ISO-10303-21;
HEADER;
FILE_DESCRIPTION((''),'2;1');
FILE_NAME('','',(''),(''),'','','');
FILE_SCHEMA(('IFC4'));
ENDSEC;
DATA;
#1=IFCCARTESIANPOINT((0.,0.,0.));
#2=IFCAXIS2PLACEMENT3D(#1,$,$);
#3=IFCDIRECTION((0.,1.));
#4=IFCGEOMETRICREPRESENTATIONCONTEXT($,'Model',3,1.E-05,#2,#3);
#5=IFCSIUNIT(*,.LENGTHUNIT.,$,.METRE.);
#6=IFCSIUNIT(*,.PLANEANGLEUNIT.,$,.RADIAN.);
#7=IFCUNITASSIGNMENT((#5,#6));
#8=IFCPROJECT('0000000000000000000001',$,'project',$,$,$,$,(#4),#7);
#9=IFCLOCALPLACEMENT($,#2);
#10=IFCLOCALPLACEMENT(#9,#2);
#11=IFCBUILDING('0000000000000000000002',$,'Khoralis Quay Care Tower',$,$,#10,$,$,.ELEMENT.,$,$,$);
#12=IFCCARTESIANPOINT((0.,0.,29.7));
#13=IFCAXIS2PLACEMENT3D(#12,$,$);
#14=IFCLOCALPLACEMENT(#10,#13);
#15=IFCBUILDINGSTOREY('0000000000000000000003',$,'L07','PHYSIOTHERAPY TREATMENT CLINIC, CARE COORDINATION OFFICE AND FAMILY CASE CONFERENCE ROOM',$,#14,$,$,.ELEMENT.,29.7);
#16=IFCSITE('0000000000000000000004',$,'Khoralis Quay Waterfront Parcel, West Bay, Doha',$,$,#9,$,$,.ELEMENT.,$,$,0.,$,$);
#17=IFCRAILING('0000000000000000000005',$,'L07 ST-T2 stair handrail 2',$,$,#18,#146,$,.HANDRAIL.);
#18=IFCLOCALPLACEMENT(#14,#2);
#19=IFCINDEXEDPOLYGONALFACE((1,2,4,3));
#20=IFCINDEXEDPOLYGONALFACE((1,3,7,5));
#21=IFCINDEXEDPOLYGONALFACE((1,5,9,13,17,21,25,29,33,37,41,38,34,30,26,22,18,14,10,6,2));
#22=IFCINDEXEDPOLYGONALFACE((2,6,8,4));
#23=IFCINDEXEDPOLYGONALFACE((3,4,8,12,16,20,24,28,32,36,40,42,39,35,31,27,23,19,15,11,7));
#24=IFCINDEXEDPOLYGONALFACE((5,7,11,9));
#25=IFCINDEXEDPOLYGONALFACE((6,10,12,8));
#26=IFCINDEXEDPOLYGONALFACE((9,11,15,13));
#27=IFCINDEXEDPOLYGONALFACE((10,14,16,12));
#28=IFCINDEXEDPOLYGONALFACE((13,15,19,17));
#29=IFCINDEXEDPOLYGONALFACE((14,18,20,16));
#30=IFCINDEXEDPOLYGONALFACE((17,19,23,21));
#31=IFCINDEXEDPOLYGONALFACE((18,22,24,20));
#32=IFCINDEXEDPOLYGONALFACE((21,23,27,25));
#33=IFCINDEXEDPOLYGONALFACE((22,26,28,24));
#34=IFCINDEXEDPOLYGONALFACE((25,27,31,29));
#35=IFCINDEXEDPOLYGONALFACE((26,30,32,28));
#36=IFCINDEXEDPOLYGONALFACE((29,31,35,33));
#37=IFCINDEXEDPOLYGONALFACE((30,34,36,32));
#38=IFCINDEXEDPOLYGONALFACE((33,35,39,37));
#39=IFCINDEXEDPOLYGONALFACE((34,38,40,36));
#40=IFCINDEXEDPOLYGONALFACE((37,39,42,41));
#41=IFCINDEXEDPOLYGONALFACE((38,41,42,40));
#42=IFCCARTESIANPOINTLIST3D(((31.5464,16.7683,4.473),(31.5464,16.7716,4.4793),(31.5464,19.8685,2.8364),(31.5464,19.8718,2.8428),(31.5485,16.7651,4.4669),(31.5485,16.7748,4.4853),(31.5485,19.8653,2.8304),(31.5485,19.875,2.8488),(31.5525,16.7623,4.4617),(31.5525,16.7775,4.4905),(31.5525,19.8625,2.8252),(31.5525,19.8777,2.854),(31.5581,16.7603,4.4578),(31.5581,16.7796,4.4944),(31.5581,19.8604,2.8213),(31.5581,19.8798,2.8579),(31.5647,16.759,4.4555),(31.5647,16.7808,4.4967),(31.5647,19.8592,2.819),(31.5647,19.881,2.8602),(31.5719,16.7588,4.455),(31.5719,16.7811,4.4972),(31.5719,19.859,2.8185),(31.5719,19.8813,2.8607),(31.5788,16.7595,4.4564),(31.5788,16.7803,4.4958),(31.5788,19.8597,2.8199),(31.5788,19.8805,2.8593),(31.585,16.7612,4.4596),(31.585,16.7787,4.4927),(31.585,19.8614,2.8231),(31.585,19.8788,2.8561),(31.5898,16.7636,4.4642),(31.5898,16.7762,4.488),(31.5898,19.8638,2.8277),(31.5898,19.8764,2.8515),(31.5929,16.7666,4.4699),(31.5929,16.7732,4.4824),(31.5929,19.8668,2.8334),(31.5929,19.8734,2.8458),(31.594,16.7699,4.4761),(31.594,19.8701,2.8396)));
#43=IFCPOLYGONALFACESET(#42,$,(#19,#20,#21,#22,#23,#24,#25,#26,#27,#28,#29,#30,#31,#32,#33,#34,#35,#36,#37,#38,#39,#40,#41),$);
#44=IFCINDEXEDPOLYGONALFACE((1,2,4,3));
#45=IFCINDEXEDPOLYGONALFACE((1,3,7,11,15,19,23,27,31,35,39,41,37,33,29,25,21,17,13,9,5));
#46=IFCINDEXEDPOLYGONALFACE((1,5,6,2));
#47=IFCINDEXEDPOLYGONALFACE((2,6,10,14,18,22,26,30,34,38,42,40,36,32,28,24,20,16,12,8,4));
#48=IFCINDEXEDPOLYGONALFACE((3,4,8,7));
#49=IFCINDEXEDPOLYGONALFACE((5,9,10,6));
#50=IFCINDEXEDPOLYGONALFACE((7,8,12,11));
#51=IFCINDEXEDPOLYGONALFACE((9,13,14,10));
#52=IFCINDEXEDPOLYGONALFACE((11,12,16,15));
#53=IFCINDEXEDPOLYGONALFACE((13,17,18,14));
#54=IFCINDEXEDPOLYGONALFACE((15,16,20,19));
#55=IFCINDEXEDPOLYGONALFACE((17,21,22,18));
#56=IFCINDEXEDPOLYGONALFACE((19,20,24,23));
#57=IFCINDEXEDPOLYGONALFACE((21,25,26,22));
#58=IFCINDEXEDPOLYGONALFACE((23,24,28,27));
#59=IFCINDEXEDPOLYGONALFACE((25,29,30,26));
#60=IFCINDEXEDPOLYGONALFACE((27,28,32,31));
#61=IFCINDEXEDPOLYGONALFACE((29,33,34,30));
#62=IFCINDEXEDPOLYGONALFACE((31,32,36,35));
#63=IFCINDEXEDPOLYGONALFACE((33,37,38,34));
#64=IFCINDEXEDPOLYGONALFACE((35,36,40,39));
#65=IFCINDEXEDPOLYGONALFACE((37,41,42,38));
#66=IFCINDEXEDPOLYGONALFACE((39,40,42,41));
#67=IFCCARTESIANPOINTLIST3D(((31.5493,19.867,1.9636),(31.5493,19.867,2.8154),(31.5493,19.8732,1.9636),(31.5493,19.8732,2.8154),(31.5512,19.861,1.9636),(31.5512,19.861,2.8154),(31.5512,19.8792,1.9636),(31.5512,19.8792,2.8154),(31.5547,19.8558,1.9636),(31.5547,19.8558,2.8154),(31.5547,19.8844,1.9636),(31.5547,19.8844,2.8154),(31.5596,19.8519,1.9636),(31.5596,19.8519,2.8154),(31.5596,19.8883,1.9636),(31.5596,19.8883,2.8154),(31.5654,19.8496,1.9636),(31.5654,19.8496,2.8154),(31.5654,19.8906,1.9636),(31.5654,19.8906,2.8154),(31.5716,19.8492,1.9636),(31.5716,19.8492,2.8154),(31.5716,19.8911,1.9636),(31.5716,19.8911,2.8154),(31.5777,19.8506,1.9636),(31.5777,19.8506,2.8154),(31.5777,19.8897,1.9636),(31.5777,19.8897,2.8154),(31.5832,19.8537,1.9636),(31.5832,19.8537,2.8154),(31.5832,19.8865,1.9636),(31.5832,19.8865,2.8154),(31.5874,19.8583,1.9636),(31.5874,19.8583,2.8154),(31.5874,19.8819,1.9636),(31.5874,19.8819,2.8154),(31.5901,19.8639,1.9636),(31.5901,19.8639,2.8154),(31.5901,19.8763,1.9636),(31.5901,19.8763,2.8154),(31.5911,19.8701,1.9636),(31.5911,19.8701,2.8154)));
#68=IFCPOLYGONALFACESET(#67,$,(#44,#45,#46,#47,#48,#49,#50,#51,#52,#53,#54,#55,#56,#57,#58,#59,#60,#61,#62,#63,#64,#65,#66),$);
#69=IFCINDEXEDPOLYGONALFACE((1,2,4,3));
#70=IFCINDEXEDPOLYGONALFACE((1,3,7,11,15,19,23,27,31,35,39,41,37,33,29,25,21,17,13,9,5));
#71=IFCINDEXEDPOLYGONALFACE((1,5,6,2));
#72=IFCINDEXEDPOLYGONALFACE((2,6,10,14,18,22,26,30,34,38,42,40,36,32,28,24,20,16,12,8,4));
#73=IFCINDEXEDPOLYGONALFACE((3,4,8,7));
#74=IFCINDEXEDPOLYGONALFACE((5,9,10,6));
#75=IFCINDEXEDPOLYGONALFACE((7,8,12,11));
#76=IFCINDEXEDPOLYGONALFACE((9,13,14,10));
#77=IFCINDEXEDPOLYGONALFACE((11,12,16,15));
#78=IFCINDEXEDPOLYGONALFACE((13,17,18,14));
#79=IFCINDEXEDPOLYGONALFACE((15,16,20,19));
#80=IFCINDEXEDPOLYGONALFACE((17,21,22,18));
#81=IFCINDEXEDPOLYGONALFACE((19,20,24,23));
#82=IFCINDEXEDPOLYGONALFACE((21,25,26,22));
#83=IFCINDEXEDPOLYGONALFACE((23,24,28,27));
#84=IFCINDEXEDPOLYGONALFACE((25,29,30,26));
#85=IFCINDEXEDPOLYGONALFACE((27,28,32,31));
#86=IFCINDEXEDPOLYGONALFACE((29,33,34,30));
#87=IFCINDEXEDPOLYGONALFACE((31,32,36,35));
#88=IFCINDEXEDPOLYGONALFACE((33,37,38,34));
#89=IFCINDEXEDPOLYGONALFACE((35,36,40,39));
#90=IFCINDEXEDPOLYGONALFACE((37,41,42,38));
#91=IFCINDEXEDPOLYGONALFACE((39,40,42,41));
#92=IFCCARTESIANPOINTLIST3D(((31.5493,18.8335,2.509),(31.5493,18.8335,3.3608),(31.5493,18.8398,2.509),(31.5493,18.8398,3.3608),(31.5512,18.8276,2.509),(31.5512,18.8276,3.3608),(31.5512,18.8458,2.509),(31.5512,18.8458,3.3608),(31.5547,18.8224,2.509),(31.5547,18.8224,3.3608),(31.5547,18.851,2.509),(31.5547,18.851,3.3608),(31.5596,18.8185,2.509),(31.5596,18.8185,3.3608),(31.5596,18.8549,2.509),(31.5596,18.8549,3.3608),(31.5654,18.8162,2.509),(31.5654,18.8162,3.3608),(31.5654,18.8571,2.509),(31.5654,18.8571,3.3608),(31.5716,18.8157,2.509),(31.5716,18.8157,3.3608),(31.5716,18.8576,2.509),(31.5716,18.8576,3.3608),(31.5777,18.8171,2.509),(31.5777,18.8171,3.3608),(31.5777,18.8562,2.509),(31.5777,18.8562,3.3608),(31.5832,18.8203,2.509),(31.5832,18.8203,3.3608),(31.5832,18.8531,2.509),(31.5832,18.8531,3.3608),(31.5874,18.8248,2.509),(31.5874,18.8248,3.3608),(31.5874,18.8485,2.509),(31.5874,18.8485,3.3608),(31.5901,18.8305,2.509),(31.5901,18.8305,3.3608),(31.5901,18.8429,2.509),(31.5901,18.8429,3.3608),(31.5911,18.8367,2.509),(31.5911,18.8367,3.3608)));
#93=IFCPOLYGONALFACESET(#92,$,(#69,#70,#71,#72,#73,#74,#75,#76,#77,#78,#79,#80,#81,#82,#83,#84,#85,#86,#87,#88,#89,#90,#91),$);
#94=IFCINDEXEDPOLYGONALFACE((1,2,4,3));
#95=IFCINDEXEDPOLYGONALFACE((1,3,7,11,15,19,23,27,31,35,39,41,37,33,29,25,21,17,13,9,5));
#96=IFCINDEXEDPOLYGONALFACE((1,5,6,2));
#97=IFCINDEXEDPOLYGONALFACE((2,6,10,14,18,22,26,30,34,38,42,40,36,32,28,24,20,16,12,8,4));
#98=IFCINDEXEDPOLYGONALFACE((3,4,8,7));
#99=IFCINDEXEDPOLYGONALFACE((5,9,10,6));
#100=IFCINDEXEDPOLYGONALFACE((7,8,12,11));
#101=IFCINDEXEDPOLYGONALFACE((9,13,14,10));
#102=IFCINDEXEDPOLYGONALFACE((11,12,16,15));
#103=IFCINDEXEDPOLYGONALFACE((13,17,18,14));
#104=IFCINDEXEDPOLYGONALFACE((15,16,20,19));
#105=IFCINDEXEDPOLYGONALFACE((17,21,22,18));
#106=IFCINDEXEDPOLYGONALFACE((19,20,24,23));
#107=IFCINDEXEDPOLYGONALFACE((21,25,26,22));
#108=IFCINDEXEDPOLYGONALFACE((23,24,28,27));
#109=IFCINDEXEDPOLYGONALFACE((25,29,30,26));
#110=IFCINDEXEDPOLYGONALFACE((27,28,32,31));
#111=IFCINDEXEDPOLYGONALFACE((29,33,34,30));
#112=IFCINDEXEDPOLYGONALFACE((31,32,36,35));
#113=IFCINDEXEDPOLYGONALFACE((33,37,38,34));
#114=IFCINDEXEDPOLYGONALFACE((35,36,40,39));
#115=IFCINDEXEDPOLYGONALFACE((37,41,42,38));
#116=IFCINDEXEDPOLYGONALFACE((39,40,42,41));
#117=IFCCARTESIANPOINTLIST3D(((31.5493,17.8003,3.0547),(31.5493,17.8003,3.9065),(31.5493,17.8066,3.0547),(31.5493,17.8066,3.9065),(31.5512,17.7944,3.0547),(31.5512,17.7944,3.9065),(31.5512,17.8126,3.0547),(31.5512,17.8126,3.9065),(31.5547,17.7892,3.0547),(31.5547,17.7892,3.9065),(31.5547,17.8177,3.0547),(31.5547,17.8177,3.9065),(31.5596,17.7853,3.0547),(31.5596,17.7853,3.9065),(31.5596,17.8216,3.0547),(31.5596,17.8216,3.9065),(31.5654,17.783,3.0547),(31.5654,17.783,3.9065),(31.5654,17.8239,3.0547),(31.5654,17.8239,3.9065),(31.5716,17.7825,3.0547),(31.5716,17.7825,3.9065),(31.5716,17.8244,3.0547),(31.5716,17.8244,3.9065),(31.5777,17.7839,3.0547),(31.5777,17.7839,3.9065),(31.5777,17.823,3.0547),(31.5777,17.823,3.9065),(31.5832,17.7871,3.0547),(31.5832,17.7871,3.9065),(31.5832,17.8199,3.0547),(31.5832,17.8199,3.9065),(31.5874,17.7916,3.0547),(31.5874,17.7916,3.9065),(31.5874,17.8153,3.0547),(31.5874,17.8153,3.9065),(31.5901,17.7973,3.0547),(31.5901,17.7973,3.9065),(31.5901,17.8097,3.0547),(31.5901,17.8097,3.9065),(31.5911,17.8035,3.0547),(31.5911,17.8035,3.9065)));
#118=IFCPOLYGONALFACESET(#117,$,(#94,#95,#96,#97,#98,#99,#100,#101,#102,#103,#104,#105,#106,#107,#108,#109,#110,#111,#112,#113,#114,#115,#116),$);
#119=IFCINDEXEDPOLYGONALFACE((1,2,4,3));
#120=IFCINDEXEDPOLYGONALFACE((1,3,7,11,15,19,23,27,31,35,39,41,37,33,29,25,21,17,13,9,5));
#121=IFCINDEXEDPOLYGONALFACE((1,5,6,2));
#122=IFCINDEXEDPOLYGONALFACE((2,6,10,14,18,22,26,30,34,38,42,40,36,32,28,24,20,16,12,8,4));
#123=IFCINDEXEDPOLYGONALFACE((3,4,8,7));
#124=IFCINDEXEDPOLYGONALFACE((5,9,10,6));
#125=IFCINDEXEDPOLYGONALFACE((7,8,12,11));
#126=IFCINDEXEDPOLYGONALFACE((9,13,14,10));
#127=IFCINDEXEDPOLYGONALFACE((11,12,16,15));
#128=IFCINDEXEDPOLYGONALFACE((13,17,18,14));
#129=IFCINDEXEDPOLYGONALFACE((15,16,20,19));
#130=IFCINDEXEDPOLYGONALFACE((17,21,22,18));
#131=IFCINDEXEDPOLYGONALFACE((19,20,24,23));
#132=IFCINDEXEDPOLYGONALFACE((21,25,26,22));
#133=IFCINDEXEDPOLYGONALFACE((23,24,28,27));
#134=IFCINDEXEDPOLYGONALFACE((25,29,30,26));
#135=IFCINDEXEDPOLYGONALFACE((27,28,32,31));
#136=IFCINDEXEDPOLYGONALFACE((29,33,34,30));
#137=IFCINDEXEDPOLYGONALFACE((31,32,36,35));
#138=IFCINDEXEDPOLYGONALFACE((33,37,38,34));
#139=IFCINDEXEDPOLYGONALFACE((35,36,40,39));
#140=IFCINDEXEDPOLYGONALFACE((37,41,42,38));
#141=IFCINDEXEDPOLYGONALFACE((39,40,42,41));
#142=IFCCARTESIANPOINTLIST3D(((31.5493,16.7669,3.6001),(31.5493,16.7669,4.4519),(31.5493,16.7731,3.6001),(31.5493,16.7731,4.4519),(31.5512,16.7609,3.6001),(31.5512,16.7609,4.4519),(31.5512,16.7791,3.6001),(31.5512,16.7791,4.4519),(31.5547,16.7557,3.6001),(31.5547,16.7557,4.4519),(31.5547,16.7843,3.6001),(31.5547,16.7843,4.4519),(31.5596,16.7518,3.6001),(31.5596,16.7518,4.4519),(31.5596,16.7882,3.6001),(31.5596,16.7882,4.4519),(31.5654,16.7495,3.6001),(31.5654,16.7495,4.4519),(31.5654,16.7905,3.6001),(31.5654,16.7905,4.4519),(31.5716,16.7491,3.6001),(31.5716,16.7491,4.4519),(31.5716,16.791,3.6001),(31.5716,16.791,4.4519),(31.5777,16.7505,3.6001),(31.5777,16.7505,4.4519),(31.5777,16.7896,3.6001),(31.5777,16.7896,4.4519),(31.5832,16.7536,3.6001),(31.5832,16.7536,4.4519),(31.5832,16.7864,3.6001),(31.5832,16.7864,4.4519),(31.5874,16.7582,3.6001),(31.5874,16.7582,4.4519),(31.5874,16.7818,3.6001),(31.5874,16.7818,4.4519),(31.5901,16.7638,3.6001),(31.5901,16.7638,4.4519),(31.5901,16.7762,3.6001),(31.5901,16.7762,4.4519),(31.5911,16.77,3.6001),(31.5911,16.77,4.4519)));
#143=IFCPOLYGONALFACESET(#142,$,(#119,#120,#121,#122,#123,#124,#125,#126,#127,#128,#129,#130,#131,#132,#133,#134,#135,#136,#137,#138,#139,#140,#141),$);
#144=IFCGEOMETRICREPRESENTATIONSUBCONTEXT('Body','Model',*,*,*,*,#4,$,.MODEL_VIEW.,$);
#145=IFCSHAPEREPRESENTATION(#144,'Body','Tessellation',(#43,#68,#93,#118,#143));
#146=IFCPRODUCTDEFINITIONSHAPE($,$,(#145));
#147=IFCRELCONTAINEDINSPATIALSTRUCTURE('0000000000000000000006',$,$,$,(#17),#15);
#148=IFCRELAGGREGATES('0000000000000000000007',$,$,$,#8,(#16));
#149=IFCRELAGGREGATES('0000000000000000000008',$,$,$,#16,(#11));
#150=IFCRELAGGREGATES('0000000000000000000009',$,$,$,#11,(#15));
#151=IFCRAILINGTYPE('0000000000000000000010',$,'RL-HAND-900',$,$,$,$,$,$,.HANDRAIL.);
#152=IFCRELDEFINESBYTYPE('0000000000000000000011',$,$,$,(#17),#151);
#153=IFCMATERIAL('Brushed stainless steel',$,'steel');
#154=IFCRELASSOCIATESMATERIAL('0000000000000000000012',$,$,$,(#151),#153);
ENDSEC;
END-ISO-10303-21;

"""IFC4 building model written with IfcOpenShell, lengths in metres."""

from ifc_helpers import new_model, si_unit, direction, frame, origin, origin_2d, place, context, subcontext, project, spatial, circle, extrude, material, type_object, element, save


model = new_model("IFC4")

# Units and contexts
model_context = context("Model", 3, precision=1e-05, world=origin(), true_north=direction((0.0, 1.0)))
body_context = subcontext(model_context, "Body", "Model", "MODEL_VIEW")
ifc_project = project(units=[si_unit("LENGTHUNIT", "METRE"), si_unit("PLANEANGLEUNIT", "RADIAN")], contexts=[model_context])

# Site, building, storey
site_placement = place(None, origin())
site = spatial("IfcSite", under=ifc_project, at=site_placement, Name="Khoralis Quay Waterfront Parcel, West Bay, Doha", CompositionType="ELEMENT", RefElevation=0.0)
building_placement = place(site_placement, origin())
building = spatial("IfcBuilding", under=site, at=building_placement, Name="Khoralis Quay Care Tower", CompositionType="ELEMENT")
storey_placement = place(building_placement, frame((0.0, 0.0, 29.7)))
storey = spatial("IfcBuildingStorey", under=building, at=storey_placement, Name="L07", Description="PHYSIOTHERAPY TREATMENT CLINIC, CARE COORDINATION OFFICE AND FAMILY CASE CONFERENCE ROOM", CompositionType="ELEMENT", Elevation=29.7)

# Shared definitions
ifc_material_1 = material(Name="Brushed stainless steel", Category="steel")

# Railing
railing_type_1 = type_object("IfcRailingType", Name="RL-HAND-900", PredefinedType="HANDRAIL", material=ifc_material_1)
railing_1_placement = place(storey_placement, frame((31.5701, 19.8701, 1.9636)))
element("IfcRailing", 1, at=railing_1_placement, inside=storey, type_object=railing_type_1, Name="L07 ST-T2 stair handrail 2", PredefinedType="HANDRAIL", context=body_context, shape_type="SweptSolid", body=[
    extrude(circle(Radius=0.0239, at=origin_2d()), frame((0.0, 0.0, 0.876), z_axis=(0.0, -0.884348, 0.466828), x_axis=(1.0, 0.0, 0.0)), (0.0, 0.0, 1.0), 3.5056),
    extrude(circle(Radius=0.021, at=origin_2d()), origin(), (0.0, 0.0, 1.0), 0.8518),
    extrude(circle(Radius=0.021, at=origin_2d()), frame((0.0, -1.0334, 0.5454)), (0.0, 0.0, 1.0), 0.8518),
    extrude(circle(Radius=0.021, at=origin_2d()), frame((0.0, -2.0667, 1.0911)), (0.0, 0.0, 1.0), 0.8518),
    extrude(circle(Radius=0.021, at=origin_2d()), frame((0.0, -3.1001, 1.6365)), (0.0, 0.0, 1.0), 0.8518),
])

save(model, "model.ifc")
